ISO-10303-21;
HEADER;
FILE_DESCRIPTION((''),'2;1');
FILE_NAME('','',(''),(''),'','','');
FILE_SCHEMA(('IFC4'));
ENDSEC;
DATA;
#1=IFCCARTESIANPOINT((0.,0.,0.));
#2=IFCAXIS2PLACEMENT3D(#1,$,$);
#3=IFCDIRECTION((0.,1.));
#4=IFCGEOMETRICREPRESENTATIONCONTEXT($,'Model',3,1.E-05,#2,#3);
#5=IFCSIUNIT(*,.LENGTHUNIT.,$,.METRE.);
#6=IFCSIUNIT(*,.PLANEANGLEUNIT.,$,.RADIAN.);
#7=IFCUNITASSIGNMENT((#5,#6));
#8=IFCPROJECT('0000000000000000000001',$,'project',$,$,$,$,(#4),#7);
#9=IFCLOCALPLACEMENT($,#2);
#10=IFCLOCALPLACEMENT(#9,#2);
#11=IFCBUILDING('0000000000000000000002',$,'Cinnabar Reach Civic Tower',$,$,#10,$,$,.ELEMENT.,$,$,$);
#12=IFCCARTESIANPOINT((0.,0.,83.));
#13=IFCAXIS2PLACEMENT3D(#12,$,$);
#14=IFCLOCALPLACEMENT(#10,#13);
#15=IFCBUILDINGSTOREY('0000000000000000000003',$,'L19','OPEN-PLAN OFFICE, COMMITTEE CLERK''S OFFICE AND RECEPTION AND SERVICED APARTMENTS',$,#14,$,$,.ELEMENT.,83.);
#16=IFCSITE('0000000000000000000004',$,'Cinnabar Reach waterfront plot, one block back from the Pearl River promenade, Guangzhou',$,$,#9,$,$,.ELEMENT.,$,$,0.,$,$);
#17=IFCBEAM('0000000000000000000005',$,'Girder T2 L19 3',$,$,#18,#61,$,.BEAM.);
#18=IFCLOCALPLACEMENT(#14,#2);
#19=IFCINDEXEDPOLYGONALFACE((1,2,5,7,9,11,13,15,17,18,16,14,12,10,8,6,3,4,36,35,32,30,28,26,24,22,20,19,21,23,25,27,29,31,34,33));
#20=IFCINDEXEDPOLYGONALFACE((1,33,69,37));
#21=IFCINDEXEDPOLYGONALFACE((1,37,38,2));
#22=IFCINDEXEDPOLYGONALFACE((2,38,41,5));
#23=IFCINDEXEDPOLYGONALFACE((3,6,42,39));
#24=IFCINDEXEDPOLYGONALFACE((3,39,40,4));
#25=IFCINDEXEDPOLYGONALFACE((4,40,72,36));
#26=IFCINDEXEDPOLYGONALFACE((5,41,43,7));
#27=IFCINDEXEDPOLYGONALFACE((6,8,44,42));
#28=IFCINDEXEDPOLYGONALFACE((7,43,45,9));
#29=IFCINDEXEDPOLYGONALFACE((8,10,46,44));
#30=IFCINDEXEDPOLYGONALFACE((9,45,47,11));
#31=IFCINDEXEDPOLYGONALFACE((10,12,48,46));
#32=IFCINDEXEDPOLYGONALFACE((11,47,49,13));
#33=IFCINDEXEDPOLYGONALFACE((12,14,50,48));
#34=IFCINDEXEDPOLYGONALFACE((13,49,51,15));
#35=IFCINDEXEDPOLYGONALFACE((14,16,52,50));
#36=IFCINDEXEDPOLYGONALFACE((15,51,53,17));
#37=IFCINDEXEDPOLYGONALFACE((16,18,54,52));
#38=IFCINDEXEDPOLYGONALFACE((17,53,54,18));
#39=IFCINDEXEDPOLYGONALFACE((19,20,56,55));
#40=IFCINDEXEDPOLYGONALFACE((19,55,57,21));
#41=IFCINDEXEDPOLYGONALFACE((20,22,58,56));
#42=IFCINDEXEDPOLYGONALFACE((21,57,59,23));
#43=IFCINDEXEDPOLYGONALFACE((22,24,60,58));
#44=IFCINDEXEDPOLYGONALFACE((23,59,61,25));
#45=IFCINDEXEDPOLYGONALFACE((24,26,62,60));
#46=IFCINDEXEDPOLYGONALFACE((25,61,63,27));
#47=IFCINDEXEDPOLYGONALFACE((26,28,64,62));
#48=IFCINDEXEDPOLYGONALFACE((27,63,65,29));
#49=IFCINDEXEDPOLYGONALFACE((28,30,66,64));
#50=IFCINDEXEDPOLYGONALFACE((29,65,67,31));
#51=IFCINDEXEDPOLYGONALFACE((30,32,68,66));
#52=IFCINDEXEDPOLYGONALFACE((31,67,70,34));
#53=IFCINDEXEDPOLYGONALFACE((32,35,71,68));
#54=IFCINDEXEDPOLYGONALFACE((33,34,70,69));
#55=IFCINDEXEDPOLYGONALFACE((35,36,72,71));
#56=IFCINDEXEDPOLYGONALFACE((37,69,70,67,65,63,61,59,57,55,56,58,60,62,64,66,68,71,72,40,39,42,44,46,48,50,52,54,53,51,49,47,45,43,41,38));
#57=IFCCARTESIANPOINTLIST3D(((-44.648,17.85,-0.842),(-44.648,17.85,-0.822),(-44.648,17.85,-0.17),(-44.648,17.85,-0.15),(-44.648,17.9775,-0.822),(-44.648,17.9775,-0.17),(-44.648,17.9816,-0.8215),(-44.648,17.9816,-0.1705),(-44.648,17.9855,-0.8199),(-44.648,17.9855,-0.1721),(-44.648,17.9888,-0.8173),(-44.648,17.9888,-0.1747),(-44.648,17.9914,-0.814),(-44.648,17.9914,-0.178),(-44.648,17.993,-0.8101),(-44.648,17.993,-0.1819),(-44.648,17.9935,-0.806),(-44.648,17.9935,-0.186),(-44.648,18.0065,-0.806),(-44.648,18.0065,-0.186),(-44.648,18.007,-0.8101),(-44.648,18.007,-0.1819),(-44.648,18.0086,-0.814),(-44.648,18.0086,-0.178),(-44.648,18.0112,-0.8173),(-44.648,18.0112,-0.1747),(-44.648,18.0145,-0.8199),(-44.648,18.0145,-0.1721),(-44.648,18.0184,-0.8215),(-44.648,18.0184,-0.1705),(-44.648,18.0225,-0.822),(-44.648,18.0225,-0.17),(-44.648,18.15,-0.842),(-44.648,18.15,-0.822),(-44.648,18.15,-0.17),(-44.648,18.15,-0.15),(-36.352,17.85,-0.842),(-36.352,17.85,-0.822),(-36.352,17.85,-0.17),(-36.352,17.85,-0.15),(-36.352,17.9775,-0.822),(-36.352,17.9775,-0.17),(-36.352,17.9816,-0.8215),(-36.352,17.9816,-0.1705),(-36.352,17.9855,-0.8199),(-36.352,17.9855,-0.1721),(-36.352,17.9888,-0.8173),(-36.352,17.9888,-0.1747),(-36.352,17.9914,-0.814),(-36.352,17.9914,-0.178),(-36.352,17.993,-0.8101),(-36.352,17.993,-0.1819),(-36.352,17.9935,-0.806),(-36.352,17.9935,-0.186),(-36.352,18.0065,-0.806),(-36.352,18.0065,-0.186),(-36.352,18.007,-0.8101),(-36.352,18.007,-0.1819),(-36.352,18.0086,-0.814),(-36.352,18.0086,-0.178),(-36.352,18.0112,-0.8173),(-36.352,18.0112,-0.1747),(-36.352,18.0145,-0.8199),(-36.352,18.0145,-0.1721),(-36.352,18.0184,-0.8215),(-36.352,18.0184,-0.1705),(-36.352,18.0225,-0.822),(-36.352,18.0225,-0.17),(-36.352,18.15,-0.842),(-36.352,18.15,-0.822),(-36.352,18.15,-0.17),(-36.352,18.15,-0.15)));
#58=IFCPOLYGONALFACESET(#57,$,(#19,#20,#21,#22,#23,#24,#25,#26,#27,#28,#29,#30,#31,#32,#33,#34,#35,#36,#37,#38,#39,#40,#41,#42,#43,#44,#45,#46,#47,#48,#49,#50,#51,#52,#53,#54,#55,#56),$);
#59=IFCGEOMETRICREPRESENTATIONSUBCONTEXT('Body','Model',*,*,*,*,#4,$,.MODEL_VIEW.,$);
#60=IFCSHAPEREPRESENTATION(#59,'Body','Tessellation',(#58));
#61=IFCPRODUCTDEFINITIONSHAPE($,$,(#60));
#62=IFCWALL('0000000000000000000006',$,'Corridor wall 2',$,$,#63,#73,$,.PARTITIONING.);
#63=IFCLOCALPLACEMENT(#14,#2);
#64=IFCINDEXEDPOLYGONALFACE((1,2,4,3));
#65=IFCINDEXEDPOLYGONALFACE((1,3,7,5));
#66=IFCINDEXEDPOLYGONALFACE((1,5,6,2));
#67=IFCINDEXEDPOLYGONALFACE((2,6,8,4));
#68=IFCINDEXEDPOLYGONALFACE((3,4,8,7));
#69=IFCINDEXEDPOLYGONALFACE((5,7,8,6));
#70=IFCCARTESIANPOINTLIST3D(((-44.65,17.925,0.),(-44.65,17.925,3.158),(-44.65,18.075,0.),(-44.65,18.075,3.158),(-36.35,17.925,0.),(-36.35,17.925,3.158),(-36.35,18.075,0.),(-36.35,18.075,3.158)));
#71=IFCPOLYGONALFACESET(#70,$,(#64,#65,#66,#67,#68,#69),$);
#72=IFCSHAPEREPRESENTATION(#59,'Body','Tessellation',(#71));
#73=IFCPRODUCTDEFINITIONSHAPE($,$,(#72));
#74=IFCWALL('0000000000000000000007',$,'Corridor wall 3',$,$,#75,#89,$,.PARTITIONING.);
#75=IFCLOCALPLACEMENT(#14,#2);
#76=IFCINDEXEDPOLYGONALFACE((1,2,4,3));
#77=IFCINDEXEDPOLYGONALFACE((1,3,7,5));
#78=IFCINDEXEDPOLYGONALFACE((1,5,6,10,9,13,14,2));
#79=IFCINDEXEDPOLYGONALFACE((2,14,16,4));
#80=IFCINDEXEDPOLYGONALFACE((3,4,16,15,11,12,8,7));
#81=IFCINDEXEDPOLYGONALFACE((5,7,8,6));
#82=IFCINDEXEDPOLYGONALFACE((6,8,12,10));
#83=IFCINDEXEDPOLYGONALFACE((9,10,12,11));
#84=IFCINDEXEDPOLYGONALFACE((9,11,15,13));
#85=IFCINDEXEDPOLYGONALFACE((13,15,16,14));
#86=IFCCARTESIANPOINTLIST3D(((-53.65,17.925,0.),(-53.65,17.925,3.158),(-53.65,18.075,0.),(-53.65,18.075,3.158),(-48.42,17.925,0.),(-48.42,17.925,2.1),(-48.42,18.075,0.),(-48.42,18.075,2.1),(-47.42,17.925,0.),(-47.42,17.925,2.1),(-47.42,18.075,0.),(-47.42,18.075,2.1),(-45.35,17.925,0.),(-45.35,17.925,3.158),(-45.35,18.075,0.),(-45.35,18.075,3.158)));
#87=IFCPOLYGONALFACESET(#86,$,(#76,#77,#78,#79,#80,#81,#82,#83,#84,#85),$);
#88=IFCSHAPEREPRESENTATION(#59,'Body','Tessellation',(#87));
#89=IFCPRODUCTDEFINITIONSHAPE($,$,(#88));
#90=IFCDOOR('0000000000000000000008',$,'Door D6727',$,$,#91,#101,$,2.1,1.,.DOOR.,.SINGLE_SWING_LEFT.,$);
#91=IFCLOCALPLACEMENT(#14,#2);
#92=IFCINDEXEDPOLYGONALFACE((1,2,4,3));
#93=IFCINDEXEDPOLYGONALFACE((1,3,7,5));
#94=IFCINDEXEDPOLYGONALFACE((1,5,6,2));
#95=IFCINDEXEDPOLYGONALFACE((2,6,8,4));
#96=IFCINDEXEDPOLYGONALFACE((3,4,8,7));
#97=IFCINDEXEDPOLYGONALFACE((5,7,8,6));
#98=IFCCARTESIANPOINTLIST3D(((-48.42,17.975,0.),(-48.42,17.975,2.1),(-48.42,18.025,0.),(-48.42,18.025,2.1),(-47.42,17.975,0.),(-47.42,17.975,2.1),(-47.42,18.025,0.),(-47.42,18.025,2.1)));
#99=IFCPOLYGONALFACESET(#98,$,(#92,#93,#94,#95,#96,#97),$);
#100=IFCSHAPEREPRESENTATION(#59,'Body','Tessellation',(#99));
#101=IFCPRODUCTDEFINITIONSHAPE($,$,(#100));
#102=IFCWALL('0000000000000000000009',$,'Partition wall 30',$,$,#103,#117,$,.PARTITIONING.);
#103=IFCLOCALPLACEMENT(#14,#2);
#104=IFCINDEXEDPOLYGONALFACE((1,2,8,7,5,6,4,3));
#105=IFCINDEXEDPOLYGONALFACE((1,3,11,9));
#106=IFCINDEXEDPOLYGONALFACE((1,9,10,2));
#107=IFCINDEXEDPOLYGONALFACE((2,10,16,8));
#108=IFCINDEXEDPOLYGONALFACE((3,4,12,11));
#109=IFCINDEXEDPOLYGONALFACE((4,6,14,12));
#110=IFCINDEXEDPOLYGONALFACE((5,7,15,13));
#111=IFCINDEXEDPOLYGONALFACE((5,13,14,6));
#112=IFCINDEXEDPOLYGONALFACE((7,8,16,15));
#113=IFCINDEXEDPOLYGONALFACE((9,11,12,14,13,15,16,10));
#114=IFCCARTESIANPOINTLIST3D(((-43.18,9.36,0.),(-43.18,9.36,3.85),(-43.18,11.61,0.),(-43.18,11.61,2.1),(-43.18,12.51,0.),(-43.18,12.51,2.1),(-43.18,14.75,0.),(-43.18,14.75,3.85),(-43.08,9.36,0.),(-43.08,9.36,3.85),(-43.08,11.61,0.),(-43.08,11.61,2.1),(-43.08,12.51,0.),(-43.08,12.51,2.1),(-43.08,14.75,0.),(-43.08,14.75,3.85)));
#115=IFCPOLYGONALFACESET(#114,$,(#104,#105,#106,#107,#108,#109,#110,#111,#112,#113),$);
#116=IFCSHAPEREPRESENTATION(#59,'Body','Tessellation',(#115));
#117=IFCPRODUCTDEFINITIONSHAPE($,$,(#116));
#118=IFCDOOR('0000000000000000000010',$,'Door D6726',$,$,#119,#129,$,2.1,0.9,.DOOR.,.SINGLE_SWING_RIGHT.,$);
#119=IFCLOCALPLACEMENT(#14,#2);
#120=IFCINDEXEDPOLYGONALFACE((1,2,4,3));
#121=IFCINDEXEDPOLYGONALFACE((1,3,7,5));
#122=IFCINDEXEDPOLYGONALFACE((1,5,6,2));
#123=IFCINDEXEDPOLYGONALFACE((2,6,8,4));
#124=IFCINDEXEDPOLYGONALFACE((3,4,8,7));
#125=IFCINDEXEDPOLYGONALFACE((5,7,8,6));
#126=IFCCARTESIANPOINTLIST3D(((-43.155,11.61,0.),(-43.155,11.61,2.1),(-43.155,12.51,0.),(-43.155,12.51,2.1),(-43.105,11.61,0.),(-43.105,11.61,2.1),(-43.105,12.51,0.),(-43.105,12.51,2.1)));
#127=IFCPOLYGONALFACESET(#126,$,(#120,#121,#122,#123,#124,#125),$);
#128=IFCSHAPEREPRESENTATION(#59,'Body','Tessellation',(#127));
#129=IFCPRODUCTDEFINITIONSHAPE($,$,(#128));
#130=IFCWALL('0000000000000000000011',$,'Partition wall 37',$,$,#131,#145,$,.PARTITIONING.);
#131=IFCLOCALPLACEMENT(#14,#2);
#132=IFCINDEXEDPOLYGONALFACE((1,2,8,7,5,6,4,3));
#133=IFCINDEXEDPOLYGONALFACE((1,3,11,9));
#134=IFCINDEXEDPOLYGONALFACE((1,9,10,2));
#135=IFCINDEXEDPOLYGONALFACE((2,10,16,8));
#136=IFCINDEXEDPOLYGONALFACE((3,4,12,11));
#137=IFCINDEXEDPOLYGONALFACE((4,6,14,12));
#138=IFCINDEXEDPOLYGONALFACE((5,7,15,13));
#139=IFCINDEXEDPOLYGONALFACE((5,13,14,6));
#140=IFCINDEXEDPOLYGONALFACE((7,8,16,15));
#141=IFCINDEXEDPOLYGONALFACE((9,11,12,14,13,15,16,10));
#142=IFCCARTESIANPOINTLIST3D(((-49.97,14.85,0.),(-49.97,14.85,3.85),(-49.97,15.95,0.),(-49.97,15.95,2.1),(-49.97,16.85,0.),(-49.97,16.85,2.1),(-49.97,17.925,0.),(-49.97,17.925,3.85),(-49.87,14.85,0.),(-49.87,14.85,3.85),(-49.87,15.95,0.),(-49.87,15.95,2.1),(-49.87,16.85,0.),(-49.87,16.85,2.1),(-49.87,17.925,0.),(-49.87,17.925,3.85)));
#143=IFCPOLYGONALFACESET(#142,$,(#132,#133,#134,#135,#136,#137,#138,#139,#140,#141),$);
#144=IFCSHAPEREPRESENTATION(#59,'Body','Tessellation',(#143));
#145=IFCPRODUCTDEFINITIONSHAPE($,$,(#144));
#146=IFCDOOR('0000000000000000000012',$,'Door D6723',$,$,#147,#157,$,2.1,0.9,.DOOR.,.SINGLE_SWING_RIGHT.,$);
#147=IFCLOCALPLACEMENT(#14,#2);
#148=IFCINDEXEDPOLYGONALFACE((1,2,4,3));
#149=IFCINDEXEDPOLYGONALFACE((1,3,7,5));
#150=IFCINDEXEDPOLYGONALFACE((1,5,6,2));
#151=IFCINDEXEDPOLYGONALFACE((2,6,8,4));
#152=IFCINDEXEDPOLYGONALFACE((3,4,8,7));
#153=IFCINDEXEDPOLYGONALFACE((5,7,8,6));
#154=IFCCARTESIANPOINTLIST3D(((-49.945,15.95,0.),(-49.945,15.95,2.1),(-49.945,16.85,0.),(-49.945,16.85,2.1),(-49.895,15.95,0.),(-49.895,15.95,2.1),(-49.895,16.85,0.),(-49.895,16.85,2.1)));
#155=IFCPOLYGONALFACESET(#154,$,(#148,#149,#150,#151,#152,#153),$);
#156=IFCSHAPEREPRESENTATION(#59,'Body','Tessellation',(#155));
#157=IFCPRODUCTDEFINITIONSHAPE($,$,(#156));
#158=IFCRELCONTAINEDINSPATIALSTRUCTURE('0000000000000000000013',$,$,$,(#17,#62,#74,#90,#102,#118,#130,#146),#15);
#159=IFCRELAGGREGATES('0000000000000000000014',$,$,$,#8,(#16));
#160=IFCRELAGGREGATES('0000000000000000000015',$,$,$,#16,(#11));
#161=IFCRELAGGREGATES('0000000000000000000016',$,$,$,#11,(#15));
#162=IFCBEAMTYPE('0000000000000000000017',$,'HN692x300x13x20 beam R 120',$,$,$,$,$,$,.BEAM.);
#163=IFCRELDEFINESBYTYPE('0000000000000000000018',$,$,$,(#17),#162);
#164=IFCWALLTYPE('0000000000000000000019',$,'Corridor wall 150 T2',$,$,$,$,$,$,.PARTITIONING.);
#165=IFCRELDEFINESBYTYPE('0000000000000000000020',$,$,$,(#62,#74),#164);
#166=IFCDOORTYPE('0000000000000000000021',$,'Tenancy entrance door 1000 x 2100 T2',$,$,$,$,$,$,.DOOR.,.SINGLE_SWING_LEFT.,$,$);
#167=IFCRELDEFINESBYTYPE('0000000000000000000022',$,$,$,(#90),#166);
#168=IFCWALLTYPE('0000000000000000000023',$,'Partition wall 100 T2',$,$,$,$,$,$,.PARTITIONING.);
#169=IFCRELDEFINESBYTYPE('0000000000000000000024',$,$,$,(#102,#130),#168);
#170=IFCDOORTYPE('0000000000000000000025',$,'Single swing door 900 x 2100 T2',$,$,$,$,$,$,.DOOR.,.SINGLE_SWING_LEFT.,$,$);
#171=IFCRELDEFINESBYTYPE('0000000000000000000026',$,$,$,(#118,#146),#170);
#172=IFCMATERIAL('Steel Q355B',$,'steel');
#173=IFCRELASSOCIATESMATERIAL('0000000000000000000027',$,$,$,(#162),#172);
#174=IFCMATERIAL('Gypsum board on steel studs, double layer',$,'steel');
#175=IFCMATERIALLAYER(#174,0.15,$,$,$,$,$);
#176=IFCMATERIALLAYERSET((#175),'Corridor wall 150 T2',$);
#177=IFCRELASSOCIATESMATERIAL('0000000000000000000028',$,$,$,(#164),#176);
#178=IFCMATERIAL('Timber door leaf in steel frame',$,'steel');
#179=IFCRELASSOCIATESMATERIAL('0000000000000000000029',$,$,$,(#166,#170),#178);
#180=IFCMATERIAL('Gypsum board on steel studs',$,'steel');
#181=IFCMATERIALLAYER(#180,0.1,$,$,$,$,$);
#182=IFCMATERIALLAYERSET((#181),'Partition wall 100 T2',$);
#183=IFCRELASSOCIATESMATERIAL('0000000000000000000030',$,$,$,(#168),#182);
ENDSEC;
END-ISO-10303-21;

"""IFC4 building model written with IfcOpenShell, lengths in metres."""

from ifc_helpers import new_model, si_unit, direction, frame, frame_2d, origin, origin_2d, place, context, subcontext, project, spatial, rectangle, i_section, extrude, material, layer, layer_set, material_profile, profile_set, type_object, element, fill, save


model = new_model("IFC4")

# Units and contexts
model_context = context("Model", 3, precision=1e-05, world=origin(), true_north=direction((0.0, 1.0)))
body_context = subcontext(model_context, "Body", "Model", "MODEL_VIEW")
ifc_project = project(units=[si_unit("LENGTHUNIT", "METRE"), si_unit("PLANEANGLEUNIT", "RADIAN")], contexts=[model_context])

# Site, building, storey
site_placement = place(None, origin())
site = spatial("IfcSite", under=ifc_project, at=site_placement, Name="Cinnabar Reach waterfront plot, one block back from the Pearl River promenade, Guangzhou", CompositionType="ELEMENT", RefElevation=0.0)
building_placement = place(site_placement, origin())
building = spatial("IfcBuilding", under=site, at=building_placement, Name="Cinnabar Reach Civic Tower", CompositionType="ELEMENT")
storey_placement = place(building_placement, frame((0.0, 0.0, 83.0)))
storey = spatial("IfcBuildingStorey", under=building, at=storey_placement, Name="L19", Description="OPEN-PLAN OFFICE, COMMITTEE CLERK'S OFFICE AND RECEPTION AND SERVICED APARTMENTS", CompositionType="ELEMENT", Elevation=83.0)

# Beam
ifc_material_1 = material(Name="Steel Q355B", Category="steel")
ifc_material_profile_1 = material_profile(ifc_material_1, i_section(OverallWidth=0.3, OverallDepth=0.692, WebThickness=0.013, FlangeThickness=0.02, FilletRadius=0.016, at=origin_2d()), Name="HN692x300x13x20")
ifc_profile_set_1 = profile_set([ifc_material_profile_1], Name="Steel Q355B")
beam_type_1 = type_object("IfcBeamType", Name="HN692x300x13x20 beam R 120", PredefinedType="BEAM", material=ifc_profile_set_1)
for number, where, z_axis, x_axis, name in (
    (1, (-44.648, 18.0, -0.496), (1.0, 0.0, 0.0), (0.0, 1.0, 0.0), "Girder T2 L19 3"),
):
    element("IfcBeam", number, at=place(storey_placement, frame(where, z_axis=z_axis, x_axis=x_axis)), inside=storey, type_object=beam_type_1, Name=name, PredefinedType="BEAM", context=body_context, shape_type="SweptSolid", body=[
        extrude(i_section(OverallWidth=0.3, OverallDepth=0.692, WebThickness=0.013, FlangeThickness=0.02, FilletRadius=0.016, at=origin_2d()), origin(), (0.0, 0.0, 1.0), 8.296),
    ])

# Wall
ifc_material_2 = material(Name="Gypsum board on steel studs, double layer", Category="steel")
ifc_layer_1 = layer(ifc_material_2, 0.15)
ifc_layer_set_1 = layer_set([ifc_layer_1], Name="Corridor wall 150 T2")
wall_type_1 = type_object("IfcWallType", Name="Corridor wall 150 T2", PredefinedType="PARTITIONING", material=ifc_layer_set_1)
wall_1_placement = place(storey_placement, frame((-44.65, 18.0, 0.0), z_axis=(0.0, 0.0, 1.0), x_axis=(1.0, 0.0, 0.0)))
element("IfcWall", 2, at=wall_1_placement, inside=storey, type_object=wall_type_1, Name="Corridor wall 2", PredefinedType="PARTITIONING", context=body_context, shape_type="SweptSolid", body=[
    extrude(rectangle(XDim=8.3, YDim=0.15, at=frame_2d((4.15, 0.0))), origin(), (0.0, 0.0, 1.0), 3.158),
])

# Walls, openings, doors
wall_2_placement = place(storey_placement, frame((-53.65, 18.0, 0.0), z_axis=(0.0, 0.0, 1.0), x_axis=(1.0, 0.0, 0.0)))
wall_2 = element("IfcWall", 3, at=wall_2_placement, inside=storey, type_object=wall_type_1, Name="Corridor wall 3", PredefinedType="PARTITIONING", context=body_context, shape_type="SweptSolid", body=[
    extrude(rectangle(XDim=8.3, YDim=0.15, at=frame_2d((4.15, 0.0))), origin(), (0.0, 0.0, 1.0), 3.158),
])
opening_1_placement = place(wall_2_placement, frame((5.23, 0.0, 0.0)))
opening_1 = element("IfcOpeningElement", 4, at=opening_1_placement, cuts=wall_2, PredefinedType="OPENING", context=body_context, shape_type="SweptSolid", body=[
    extrude(rectangle(XDim=1.0, YDim=2.1, at=frame_2d((0.5, 1.05))), frame((0.0, 0.085, 0.0), z_axis=(0.0, -1.0, 0.0), x_axis=(1.0, 0.0, 0.0)), (0.0, 0.0, 1.0), 0.17),
])
ifc_material_3 = material(Name="Timber door leaf in steel frame", Category="steel")
door_type_1 = type_object("IfcDoorType", Name="Tenancy entrance door 1000 x 2100 T2", OperationType="SINGLE_SWING_LEFT", PredefinedType="DOOR", material=ifc_material_3)
door_1_placement = place(opening_1_placement, frame((1.0, 0.0, 0.0), z_axis=(0.0, 0.0, 1.0), x_axis=(-1.0, 0.0, 0.0)))
door_1 = element("IfcDoor", 5, at=door_1_placement, inside=storey, type_object=door_type_1, Name="Door D6727", OperationType="SINGLE_SWING_LEFT", OverallHeight=2.1, OverallWidth=1.0, PredefinedType="DOOR", context=body_context, shape_type="SweptSolid", body=[
    extrude(rectangle(XDim=1.0, YDim=2.1, at=frame_2d((0.5, 1.05))), frame((0.0, 0.025, 0.0), z_axis=(0.0, -1.0, 0.0), x_axis=(1.0, 0.0, 0.0)), (0.0, 0.0, 1.0), 0.05),
])
fill(opening_1, door_1)
ifc_material_4 = material(Name="Gypsum board on steel studs", Category="steel")
ifc_layer_2 = layer(ifc_material_4, 0.1)
ifc_layer_set_2 = layer_set([ifc_layer_2], Name="Partition wall 100 T2")
wall_type_2 = type_object("IfcWallType", Name="Partition wall 100 T2", PredefinedType="PARTITIONING", material=ifc_layer_set_2)
wall_3_placement = place(storey_placement, frame((-43.13, 9.36, 0.0), z_axis=(0.0, 0.0, 1.0), x_axis=(0.0, 1.0, 0.0)))
wall_3 = element("IfcWall", 6, at=wall_3_placement, inside=storey, type_object=wall_type_2, Name="Partition wall 30", PredefinedType="PARTITIONING", context=body_context, shape_type="SweptSolid", body=[
    extrude(rectangle(XDim=5.39, YDim=0.1, at=frame_2d((2.695, 0.0))), origin(), (0.0, 0.0, 1.0), 3.85),
])
opening_2_placement = place(wall_3_placement, frame((2.25, 0.0, 0.0)))
opening_2 = element("IfcOpeningElement", 7, at=opening_2_placement, cuts=wall_3, PredefinedType="OPENING", context=body_context, shape_type="SweptSolid", body=[
    extrude(rectangle(XDim=0.9, YDim=2.1, at=frame_2d((0.45, 1.05))), frame((0.0, 0.06, 0.0), z_axis=(0.0, -1.0, 0.0), x_axis=(1.0, 0.0, 0.0)), (0.0, 0.0, 1.0), 0.12),
])
door_type_2 = type_object("IfcDoorType", Name="Single swing door 900 x 2100 T2", OperationType="SINGLE_SWING_LEFT", PredefinedType="DOOR", material=ifc_material_3)
door_2_placement = place(opening_2_placement, frame((0.9, 0.0, 0.0), z_axis=(0.0, 0.0, 1.0), x_axis=(-1.0, 0.0, 0.0)))
door_2 = element("IfcDoor", 8, at=door_2_placement, inside=storey, type_object=door_type_2, Name="Door D6726", OperationType="SINGLE_SWING_RIGHT", OverallHeight=2.1, OverallWidth=0.9, PredefinedType="DOOR", context=body_context, shape_type="SweptSolid", body=[
    extrude(rectangle(XDim=0.9, YDim=2.1, at=frame_2d((0.45, 1.05))), frame((0.0, 0.025, 0.0), z_axis=(0.0, -1.0, 0.0), x_axis=(1.0, 0.0, 0.0)), (0.0, 0.0, 1.0), 0.05),
])
fill(opening_2, door_2)
wall_4_placement = place(storey_placement, frame((-49.92, 14.85, 0.0), z_axis=(0.0, 0.0, 1.0), x_axis=(0.0, 1.0, 0.0)))
wall_4 = element("IfcWall", 9, at=wall_4_placement, inside=storey, type_object=wall_type_2, Name="Partition wall 37", PredefinedType="PARTITIONING", context=body_context, shape_type="SweptSolid", body=[
    extrude(rectangle(XDim=3.075, YDim=0.1, at=frame_2d((1.5375, 0.0))), origin(), (0.0, 0.0, 1.0), 3.85),
])
opening_3_placement = place(wall_4_placement, frame((1.1, 0.0, 0.0)))
opening_3 = element("IfcOpeningElement", 10, at=opening_3_placement, cuts=wall_4, PredefinedType="OPENING", context=body_context, shape_type="SweptSolid", body=[
    extrude(rectangle(XDim=0.9, YDim=2.1, at=frame_2d((0.45, 1.05))), frame((0.0, 0.06, 0.0), z_axis=(0.0, -1.0, 0.0), x_axis=(1.0, 0.0, 0.0)), (0.0, 0.0, 1.0), 0.12),
])
door_3_placement = place(opening_3_placement, origin())
door_3 = element("IfcDoor", 11, at=door_3_placement, inside=storey, type_object=door_type_2, Name="Door D6723", OperationType="SINGLE_SWING_RIGHT", OverallHeight=2.1, OverallWidth=0.9, PredefinedType="DOOR", context=body_context, shape_type="SweptSolid", body=[
    extrude(rectangle(XDim=0.9, YDim=2.1, at=frame_2d((0.45, 1.05))), frame((0.0, 0.025, 0.0), z_axis=(0.0, -1.0, 0.0), x_axis=(1.0, 0.0, 0.0)), (0.0, 0.0, 1.0), 0.05),
])
fill(opening_3, door_3)

save(model, "model.ifc")
